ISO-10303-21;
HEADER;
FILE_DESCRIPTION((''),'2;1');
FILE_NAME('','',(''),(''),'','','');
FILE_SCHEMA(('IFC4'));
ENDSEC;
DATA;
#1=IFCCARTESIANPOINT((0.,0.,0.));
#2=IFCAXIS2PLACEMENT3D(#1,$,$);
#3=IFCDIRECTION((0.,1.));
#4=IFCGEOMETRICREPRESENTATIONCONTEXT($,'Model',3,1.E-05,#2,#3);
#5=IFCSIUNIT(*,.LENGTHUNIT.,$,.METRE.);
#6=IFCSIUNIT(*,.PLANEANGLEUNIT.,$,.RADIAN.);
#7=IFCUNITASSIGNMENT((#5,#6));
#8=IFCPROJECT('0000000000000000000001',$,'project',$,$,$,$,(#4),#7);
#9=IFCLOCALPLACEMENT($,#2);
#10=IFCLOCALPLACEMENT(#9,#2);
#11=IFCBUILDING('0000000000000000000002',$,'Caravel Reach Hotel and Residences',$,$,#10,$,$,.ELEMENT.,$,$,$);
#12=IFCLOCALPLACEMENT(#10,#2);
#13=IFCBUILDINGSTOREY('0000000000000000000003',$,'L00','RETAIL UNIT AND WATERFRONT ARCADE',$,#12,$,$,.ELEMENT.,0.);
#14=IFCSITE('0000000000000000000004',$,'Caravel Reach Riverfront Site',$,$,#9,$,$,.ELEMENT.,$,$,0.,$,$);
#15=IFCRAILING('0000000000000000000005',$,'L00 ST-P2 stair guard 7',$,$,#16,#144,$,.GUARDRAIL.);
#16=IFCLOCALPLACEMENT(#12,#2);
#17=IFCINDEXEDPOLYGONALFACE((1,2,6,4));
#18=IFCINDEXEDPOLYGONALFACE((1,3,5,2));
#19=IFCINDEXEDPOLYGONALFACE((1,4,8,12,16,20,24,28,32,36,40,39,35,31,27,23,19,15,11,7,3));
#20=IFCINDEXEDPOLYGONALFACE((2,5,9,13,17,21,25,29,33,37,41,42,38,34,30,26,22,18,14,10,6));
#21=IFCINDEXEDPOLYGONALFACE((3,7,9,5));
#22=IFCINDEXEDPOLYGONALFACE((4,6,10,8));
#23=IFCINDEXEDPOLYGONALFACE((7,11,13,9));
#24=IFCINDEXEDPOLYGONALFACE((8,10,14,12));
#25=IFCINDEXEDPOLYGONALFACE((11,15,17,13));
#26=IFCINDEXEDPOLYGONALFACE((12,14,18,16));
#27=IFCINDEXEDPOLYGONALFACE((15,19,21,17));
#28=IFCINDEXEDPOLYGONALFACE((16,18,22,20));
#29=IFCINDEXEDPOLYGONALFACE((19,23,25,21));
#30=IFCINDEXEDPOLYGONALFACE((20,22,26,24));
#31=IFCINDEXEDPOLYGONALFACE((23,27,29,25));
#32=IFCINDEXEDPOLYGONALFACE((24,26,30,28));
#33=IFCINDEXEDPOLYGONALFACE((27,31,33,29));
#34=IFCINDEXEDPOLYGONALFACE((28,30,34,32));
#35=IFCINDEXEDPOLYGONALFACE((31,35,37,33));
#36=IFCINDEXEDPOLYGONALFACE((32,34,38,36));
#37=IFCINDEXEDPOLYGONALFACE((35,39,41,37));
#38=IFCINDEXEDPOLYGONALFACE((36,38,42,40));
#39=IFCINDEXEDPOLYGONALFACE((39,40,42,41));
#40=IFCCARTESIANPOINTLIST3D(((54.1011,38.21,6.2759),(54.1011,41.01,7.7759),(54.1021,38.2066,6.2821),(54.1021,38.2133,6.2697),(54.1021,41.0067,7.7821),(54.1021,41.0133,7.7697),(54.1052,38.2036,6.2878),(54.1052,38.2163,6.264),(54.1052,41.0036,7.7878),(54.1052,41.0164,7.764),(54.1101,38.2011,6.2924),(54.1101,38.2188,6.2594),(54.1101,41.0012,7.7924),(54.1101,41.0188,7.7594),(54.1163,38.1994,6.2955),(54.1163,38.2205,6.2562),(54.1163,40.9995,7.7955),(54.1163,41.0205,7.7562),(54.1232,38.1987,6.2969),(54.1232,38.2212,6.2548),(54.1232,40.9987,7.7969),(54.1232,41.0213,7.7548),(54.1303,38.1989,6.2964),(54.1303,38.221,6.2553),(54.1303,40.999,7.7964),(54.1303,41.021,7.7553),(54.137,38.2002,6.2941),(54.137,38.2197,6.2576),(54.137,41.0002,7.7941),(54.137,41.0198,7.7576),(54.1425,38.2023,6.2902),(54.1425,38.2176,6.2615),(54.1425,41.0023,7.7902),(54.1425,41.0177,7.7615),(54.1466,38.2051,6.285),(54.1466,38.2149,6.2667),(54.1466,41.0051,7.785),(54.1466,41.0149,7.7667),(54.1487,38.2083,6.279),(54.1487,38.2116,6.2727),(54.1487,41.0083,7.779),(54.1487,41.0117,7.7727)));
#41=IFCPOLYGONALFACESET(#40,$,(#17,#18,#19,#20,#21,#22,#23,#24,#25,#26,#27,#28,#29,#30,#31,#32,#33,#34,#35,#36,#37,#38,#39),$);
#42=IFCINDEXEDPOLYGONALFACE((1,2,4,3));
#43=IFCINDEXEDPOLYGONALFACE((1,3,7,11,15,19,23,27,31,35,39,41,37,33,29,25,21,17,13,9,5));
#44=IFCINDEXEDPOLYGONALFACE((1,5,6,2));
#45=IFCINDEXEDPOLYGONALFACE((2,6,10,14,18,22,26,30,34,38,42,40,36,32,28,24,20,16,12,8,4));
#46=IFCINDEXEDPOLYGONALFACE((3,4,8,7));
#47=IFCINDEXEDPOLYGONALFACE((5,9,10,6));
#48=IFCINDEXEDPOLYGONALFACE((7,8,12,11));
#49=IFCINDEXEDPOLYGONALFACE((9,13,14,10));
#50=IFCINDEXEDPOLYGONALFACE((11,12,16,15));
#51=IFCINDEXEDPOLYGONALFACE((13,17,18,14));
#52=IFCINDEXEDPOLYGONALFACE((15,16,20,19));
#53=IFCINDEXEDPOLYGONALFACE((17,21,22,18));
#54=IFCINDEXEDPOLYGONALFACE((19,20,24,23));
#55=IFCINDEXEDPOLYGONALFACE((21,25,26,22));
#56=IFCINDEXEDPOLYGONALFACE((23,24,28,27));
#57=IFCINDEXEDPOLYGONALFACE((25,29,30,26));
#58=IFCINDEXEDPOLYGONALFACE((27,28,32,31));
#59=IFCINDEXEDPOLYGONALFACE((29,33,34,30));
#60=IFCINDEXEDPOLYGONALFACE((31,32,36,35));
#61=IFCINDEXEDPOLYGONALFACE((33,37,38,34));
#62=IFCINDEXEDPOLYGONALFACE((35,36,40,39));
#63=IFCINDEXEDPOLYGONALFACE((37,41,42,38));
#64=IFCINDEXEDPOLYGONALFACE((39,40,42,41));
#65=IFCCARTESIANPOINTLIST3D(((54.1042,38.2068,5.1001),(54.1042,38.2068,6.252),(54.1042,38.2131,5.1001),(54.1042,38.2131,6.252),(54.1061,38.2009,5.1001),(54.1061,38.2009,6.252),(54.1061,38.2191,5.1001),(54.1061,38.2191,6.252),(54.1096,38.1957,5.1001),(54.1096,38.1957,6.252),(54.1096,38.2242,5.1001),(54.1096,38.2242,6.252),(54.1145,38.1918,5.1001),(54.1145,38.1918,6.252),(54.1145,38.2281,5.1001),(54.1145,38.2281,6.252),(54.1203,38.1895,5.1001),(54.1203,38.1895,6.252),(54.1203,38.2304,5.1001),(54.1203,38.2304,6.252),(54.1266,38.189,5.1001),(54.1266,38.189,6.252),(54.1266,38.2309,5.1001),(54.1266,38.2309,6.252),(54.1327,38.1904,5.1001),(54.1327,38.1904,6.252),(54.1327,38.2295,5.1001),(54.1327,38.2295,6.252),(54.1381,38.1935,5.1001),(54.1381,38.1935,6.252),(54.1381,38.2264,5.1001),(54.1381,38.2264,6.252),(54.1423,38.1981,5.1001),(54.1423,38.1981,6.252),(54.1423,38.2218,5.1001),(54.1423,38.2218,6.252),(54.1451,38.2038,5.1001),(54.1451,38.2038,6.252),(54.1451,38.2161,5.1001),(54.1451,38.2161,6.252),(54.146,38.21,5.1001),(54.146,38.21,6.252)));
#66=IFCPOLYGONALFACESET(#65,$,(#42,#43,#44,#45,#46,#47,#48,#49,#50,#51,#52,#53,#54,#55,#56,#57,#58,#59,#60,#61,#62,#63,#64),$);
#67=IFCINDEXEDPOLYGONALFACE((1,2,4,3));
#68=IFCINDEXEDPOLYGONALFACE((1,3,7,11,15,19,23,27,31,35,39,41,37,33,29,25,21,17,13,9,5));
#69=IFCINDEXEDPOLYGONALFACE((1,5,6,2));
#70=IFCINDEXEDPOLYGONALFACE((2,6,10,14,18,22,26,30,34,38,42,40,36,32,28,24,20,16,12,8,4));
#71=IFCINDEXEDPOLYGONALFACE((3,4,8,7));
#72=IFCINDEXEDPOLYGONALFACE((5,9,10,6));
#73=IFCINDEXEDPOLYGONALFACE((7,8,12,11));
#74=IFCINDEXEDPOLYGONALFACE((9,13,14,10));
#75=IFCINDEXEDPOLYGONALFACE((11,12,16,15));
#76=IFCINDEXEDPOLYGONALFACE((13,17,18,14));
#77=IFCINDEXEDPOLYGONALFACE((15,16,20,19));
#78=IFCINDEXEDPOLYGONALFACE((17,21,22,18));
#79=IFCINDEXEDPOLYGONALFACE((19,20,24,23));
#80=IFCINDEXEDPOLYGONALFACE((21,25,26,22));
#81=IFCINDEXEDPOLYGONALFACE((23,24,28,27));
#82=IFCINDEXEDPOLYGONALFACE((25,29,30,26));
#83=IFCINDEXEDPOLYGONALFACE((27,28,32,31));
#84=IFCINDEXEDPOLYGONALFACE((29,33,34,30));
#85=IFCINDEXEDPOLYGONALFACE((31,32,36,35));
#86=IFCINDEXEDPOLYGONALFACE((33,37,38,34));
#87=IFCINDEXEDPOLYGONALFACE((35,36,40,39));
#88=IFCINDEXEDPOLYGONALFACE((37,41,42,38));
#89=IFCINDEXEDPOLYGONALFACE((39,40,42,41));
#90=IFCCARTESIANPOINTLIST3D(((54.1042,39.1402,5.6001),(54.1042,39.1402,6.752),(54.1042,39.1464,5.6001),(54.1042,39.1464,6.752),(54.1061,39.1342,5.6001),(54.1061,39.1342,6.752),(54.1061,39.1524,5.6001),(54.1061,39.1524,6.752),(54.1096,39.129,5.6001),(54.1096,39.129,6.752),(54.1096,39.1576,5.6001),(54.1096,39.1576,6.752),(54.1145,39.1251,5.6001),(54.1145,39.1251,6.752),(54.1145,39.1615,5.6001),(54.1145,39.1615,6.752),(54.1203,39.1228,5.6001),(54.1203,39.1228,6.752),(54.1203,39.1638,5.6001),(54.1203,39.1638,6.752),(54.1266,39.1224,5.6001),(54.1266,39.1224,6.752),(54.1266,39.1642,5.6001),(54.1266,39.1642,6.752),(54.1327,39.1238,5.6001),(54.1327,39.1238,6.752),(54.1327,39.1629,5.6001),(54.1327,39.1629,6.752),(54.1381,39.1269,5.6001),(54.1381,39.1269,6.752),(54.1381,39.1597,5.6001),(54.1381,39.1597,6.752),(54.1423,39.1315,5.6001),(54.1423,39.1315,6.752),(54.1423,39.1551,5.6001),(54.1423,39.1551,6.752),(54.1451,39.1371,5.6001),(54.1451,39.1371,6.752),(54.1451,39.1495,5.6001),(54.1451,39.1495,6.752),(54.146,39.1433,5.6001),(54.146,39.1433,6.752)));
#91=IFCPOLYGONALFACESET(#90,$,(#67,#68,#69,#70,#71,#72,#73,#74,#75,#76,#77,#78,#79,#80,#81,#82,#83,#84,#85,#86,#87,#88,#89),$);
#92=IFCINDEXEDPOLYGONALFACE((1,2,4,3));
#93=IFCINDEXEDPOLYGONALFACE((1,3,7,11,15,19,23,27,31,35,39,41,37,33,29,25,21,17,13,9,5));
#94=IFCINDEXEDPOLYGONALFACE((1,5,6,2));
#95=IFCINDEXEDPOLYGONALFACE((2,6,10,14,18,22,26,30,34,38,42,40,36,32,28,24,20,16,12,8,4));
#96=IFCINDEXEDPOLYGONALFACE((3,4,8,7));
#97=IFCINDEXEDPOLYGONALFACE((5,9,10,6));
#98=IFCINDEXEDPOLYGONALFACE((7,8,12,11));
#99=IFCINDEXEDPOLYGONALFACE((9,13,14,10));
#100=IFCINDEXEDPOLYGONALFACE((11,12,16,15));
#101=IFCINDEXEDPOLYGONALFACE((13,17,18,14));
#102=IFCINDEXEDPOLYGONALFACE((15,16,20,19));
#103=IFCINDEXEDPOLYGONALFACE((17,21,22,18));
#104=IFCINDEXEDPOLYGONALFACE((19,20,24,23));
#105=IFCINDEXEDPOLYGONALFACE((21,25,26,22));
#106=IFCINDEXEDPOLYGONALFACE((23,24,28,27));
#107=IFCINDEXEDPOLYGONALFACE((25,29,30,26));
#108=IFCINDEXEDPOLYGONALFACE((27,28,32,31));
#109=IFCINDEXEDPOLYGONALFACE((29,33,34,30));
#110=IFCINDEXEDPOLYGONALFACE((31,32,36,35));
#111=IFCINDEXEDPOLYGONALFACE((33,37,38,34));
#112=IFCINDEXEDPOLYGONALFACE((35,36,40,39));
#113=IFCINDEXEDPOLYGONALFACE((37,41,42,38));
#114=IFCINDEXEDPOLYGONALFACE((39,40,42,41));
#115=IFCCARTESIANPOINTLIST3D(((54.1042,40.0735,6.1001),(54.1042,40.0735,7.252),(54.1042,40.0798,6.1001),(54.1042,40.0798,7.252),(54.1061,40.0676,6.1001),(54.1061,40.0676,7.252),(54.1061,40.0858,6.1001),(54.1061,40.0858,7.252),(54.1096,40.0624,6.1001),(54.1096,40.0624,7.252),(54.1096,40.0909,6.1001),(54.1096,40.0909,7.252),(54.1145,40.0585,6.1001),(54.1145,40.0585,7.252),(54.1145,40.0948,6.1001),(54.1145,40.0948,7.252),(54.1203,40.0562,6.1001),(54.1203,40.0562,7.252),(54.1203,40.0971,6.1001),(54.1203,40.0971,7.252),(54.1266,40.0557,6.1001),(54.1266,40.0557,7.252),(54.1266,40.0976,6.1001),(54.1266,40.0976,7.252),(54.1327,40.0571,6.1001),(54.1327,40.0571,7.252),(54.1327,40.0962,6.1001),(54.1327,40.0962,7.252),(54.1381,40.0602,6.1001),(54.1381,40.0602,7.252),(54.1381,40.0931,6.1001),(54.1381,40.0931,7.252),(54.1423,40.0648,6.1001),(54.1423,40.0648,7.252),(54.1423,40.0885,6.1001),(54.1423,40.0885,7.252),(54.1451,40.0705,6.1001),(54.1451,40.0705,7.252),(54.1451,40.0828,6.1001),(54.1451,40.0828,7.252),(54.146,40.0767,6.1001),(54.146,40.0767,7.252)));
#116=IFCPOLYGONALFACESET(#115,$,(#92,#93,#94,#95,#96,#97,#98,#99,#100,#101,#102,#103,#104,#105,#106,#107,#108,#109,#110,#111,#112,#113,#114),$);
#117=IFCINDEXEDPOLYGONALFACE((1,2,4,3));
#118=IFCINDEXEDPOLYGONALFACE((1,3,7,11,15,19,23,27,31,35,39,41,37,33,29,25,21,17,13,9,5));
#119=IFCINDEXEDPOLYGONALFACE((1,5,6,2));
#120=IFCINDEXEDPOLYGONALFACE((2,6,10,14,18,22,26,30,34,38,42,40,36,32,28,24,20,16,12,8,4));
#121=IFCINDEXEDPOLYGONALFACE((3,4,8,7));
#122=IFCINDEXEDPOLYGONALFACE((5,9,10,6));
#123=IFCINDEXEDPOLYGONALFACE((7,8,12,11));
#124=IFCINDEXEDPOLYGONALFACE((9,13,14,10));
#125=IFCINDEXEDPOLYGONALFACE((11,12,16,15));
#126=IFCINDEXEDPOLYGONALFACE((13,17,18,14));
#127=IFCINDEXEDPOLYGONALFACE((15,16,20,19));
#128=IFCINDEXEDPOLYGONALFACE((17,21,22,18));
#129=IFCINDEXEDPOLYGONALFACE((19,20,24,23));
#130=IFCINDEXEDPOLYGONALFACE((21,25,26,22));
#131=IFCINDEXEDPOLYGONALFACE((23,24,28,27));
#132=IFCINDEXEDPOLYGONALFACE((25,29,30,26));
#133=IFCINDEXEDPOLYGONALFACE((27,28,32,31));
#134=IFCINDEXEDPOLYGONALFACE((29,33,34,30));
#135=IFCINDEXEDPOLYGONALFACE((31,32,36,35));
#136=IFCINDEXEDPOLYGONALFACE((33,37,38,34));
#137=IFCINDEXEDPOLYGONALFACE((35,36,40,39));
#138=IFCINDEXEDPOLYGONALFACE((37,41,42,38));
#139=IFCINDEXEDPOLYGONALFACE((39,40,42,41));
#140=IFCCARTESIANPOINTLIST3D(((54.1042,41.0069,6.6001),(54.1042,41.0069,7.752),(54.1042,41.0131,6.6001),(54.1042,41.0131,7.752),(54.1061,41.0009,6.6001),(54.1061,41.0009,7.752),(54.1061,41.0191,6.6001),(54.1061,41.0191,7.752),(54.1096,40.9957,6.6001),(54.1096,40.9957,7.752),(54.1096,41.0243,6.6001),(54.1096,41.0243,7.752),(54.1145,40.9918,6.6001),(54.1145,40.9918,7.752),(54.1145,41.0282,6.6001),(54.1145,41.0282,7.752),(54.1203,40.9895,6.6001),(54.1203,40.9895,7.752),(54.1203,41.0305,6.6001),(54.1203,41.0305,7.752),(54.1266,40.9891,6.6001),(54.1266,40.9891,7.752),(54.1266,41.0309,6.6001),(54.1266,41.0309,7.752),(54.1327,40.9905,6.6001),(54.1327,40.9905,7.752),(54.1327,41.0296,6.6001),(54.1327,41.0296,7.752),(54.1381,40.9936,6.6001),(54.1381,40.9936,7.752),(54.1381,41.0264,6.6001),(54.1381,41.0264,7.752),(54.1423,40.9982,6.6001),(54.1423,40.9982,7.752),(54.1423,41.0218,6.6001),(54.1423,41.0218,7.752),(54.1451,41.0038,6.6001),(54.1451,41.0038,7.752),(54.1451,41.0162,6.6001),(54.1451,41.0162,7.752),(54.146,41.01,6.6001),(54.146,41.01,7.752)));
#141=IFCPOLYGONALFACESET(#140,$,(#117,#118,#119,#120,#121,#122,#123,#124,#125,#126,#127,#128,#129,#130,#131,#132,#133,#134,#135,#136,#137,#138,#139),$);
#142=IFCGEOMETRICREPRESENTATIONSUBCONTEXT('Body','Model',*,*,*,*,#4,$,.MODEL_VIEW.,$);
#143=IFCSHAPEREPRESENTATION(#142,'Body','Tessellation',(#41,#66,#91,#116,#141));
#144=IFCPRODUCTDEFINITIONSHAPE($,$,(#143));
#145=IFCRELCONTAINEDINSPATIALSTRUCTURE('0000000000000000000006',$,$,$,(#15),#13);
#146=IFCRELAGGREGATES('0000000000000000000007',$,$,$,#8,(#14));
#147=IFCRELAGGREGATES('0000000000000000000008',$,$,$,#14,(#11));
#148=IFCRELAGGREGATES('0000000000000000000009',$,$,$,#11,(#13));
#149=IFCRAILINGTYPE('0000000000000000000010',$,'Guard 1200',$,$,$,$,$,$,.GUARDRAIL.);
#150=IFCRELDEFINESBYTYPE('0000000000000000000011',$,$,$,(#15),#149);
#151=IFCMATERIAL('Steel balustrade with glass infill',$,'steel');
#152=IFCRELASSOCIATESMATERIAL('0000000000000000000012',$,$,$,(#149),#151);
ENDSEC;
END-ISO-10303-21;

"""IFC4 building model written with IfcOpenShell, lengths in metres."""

from ifc_helpers import new_model, si_unit, direction, frame, origin, origin_2d, place, context, subcontext, project, spatial, circle, extrude, material, type_object, element, save


model = new_model("IFC4")

# Units and contexts
model_context = context("Model", 3, precision=1e-05, world=origin(), true_north=direction((0.0, 1.0)))
body_context = subcontext(model_context, "Body", "Model", "MODEL_VIEW")
ifc_project = project(units=[si_unit("LENGTHUNIT", "METRE"), si_unit("PLANEANGLEUNIT", "RADIAN")], contexts=[model_context])

# Site, building, storey
site_placement = place(None, origin())
site = spatial("IfcSite", under=ifc_project, at=site_placement, Name="Caravel Reach Riverfront Site", CompositionType="ELEMENT", RefElevation=0.0)
building_placement = place(site_placement, origin())
building = spatial("IfcBuilding", under=site, at=building_placement, Name="Caravel Reach Hotel and Residences", CompositionType="ELEMENT")
storey_placement = place(building_placement, origin())
storey = spatial("IfcBuildingStorey", under=building, at=storey_placement, Name="L00", Description="RETAIL UNIT AND WATERFRONT ARCADE", CompositionType="ELEMENT", Elevation=0.0)

# Railing
ifc_material_1 = material(Name="Steel balustrade with glass infill", Category="steel")
railing_type_1 = type_object("IfcRailingType", Name="Guard 1200", PredefinedType="GUARDRAIL", material=ifc_material_1)
railing_1_placement = place(storey_placement, frame((54.125, 38.21, 5.1001)))
element("IfcRailing", 1, at=railing_1_placement, inside=storey, type_object=railing_type_1, Name="L00 ST-P2 stair guard 7", PredefinedType="GUARDRAIL", context=body_context, shape_type="SweptSolid", body=[
    extrude(circle(Radius=0.0239, at=origin_2d()), frame((0.0, 0.0, 1.1758), z_axis=(0.0, 0.881483, 0.472215), x_axis=(-1.0, 0.0, 0.0)), (0.0, 0.0, 1.0), 3.1765),
    extrude(circle(Radius=0.021, at=origin_2d()), origin(), (0.0, 0.0, 1.0), 1.1519),
    extrude(circle(Radius=0.021, at=origin_2d()), frame((0.0, 0.9333, 0.5)), (0.0, 0.0, 1.0), 1.1519),
    extrude(circle(Radius=0.021, at=origin_2d()), frame((0.0, 1.8667, 1.0)), (0.0, 0.0, 1.0), 1.1519),
    extrude(circle(Radius=0.021, at=origin_2d()), frame((0.0, 2.8, 1.5)), (0.0, 0.0, 1.0), 1.1519),
])

save(model, "model.ifc")
